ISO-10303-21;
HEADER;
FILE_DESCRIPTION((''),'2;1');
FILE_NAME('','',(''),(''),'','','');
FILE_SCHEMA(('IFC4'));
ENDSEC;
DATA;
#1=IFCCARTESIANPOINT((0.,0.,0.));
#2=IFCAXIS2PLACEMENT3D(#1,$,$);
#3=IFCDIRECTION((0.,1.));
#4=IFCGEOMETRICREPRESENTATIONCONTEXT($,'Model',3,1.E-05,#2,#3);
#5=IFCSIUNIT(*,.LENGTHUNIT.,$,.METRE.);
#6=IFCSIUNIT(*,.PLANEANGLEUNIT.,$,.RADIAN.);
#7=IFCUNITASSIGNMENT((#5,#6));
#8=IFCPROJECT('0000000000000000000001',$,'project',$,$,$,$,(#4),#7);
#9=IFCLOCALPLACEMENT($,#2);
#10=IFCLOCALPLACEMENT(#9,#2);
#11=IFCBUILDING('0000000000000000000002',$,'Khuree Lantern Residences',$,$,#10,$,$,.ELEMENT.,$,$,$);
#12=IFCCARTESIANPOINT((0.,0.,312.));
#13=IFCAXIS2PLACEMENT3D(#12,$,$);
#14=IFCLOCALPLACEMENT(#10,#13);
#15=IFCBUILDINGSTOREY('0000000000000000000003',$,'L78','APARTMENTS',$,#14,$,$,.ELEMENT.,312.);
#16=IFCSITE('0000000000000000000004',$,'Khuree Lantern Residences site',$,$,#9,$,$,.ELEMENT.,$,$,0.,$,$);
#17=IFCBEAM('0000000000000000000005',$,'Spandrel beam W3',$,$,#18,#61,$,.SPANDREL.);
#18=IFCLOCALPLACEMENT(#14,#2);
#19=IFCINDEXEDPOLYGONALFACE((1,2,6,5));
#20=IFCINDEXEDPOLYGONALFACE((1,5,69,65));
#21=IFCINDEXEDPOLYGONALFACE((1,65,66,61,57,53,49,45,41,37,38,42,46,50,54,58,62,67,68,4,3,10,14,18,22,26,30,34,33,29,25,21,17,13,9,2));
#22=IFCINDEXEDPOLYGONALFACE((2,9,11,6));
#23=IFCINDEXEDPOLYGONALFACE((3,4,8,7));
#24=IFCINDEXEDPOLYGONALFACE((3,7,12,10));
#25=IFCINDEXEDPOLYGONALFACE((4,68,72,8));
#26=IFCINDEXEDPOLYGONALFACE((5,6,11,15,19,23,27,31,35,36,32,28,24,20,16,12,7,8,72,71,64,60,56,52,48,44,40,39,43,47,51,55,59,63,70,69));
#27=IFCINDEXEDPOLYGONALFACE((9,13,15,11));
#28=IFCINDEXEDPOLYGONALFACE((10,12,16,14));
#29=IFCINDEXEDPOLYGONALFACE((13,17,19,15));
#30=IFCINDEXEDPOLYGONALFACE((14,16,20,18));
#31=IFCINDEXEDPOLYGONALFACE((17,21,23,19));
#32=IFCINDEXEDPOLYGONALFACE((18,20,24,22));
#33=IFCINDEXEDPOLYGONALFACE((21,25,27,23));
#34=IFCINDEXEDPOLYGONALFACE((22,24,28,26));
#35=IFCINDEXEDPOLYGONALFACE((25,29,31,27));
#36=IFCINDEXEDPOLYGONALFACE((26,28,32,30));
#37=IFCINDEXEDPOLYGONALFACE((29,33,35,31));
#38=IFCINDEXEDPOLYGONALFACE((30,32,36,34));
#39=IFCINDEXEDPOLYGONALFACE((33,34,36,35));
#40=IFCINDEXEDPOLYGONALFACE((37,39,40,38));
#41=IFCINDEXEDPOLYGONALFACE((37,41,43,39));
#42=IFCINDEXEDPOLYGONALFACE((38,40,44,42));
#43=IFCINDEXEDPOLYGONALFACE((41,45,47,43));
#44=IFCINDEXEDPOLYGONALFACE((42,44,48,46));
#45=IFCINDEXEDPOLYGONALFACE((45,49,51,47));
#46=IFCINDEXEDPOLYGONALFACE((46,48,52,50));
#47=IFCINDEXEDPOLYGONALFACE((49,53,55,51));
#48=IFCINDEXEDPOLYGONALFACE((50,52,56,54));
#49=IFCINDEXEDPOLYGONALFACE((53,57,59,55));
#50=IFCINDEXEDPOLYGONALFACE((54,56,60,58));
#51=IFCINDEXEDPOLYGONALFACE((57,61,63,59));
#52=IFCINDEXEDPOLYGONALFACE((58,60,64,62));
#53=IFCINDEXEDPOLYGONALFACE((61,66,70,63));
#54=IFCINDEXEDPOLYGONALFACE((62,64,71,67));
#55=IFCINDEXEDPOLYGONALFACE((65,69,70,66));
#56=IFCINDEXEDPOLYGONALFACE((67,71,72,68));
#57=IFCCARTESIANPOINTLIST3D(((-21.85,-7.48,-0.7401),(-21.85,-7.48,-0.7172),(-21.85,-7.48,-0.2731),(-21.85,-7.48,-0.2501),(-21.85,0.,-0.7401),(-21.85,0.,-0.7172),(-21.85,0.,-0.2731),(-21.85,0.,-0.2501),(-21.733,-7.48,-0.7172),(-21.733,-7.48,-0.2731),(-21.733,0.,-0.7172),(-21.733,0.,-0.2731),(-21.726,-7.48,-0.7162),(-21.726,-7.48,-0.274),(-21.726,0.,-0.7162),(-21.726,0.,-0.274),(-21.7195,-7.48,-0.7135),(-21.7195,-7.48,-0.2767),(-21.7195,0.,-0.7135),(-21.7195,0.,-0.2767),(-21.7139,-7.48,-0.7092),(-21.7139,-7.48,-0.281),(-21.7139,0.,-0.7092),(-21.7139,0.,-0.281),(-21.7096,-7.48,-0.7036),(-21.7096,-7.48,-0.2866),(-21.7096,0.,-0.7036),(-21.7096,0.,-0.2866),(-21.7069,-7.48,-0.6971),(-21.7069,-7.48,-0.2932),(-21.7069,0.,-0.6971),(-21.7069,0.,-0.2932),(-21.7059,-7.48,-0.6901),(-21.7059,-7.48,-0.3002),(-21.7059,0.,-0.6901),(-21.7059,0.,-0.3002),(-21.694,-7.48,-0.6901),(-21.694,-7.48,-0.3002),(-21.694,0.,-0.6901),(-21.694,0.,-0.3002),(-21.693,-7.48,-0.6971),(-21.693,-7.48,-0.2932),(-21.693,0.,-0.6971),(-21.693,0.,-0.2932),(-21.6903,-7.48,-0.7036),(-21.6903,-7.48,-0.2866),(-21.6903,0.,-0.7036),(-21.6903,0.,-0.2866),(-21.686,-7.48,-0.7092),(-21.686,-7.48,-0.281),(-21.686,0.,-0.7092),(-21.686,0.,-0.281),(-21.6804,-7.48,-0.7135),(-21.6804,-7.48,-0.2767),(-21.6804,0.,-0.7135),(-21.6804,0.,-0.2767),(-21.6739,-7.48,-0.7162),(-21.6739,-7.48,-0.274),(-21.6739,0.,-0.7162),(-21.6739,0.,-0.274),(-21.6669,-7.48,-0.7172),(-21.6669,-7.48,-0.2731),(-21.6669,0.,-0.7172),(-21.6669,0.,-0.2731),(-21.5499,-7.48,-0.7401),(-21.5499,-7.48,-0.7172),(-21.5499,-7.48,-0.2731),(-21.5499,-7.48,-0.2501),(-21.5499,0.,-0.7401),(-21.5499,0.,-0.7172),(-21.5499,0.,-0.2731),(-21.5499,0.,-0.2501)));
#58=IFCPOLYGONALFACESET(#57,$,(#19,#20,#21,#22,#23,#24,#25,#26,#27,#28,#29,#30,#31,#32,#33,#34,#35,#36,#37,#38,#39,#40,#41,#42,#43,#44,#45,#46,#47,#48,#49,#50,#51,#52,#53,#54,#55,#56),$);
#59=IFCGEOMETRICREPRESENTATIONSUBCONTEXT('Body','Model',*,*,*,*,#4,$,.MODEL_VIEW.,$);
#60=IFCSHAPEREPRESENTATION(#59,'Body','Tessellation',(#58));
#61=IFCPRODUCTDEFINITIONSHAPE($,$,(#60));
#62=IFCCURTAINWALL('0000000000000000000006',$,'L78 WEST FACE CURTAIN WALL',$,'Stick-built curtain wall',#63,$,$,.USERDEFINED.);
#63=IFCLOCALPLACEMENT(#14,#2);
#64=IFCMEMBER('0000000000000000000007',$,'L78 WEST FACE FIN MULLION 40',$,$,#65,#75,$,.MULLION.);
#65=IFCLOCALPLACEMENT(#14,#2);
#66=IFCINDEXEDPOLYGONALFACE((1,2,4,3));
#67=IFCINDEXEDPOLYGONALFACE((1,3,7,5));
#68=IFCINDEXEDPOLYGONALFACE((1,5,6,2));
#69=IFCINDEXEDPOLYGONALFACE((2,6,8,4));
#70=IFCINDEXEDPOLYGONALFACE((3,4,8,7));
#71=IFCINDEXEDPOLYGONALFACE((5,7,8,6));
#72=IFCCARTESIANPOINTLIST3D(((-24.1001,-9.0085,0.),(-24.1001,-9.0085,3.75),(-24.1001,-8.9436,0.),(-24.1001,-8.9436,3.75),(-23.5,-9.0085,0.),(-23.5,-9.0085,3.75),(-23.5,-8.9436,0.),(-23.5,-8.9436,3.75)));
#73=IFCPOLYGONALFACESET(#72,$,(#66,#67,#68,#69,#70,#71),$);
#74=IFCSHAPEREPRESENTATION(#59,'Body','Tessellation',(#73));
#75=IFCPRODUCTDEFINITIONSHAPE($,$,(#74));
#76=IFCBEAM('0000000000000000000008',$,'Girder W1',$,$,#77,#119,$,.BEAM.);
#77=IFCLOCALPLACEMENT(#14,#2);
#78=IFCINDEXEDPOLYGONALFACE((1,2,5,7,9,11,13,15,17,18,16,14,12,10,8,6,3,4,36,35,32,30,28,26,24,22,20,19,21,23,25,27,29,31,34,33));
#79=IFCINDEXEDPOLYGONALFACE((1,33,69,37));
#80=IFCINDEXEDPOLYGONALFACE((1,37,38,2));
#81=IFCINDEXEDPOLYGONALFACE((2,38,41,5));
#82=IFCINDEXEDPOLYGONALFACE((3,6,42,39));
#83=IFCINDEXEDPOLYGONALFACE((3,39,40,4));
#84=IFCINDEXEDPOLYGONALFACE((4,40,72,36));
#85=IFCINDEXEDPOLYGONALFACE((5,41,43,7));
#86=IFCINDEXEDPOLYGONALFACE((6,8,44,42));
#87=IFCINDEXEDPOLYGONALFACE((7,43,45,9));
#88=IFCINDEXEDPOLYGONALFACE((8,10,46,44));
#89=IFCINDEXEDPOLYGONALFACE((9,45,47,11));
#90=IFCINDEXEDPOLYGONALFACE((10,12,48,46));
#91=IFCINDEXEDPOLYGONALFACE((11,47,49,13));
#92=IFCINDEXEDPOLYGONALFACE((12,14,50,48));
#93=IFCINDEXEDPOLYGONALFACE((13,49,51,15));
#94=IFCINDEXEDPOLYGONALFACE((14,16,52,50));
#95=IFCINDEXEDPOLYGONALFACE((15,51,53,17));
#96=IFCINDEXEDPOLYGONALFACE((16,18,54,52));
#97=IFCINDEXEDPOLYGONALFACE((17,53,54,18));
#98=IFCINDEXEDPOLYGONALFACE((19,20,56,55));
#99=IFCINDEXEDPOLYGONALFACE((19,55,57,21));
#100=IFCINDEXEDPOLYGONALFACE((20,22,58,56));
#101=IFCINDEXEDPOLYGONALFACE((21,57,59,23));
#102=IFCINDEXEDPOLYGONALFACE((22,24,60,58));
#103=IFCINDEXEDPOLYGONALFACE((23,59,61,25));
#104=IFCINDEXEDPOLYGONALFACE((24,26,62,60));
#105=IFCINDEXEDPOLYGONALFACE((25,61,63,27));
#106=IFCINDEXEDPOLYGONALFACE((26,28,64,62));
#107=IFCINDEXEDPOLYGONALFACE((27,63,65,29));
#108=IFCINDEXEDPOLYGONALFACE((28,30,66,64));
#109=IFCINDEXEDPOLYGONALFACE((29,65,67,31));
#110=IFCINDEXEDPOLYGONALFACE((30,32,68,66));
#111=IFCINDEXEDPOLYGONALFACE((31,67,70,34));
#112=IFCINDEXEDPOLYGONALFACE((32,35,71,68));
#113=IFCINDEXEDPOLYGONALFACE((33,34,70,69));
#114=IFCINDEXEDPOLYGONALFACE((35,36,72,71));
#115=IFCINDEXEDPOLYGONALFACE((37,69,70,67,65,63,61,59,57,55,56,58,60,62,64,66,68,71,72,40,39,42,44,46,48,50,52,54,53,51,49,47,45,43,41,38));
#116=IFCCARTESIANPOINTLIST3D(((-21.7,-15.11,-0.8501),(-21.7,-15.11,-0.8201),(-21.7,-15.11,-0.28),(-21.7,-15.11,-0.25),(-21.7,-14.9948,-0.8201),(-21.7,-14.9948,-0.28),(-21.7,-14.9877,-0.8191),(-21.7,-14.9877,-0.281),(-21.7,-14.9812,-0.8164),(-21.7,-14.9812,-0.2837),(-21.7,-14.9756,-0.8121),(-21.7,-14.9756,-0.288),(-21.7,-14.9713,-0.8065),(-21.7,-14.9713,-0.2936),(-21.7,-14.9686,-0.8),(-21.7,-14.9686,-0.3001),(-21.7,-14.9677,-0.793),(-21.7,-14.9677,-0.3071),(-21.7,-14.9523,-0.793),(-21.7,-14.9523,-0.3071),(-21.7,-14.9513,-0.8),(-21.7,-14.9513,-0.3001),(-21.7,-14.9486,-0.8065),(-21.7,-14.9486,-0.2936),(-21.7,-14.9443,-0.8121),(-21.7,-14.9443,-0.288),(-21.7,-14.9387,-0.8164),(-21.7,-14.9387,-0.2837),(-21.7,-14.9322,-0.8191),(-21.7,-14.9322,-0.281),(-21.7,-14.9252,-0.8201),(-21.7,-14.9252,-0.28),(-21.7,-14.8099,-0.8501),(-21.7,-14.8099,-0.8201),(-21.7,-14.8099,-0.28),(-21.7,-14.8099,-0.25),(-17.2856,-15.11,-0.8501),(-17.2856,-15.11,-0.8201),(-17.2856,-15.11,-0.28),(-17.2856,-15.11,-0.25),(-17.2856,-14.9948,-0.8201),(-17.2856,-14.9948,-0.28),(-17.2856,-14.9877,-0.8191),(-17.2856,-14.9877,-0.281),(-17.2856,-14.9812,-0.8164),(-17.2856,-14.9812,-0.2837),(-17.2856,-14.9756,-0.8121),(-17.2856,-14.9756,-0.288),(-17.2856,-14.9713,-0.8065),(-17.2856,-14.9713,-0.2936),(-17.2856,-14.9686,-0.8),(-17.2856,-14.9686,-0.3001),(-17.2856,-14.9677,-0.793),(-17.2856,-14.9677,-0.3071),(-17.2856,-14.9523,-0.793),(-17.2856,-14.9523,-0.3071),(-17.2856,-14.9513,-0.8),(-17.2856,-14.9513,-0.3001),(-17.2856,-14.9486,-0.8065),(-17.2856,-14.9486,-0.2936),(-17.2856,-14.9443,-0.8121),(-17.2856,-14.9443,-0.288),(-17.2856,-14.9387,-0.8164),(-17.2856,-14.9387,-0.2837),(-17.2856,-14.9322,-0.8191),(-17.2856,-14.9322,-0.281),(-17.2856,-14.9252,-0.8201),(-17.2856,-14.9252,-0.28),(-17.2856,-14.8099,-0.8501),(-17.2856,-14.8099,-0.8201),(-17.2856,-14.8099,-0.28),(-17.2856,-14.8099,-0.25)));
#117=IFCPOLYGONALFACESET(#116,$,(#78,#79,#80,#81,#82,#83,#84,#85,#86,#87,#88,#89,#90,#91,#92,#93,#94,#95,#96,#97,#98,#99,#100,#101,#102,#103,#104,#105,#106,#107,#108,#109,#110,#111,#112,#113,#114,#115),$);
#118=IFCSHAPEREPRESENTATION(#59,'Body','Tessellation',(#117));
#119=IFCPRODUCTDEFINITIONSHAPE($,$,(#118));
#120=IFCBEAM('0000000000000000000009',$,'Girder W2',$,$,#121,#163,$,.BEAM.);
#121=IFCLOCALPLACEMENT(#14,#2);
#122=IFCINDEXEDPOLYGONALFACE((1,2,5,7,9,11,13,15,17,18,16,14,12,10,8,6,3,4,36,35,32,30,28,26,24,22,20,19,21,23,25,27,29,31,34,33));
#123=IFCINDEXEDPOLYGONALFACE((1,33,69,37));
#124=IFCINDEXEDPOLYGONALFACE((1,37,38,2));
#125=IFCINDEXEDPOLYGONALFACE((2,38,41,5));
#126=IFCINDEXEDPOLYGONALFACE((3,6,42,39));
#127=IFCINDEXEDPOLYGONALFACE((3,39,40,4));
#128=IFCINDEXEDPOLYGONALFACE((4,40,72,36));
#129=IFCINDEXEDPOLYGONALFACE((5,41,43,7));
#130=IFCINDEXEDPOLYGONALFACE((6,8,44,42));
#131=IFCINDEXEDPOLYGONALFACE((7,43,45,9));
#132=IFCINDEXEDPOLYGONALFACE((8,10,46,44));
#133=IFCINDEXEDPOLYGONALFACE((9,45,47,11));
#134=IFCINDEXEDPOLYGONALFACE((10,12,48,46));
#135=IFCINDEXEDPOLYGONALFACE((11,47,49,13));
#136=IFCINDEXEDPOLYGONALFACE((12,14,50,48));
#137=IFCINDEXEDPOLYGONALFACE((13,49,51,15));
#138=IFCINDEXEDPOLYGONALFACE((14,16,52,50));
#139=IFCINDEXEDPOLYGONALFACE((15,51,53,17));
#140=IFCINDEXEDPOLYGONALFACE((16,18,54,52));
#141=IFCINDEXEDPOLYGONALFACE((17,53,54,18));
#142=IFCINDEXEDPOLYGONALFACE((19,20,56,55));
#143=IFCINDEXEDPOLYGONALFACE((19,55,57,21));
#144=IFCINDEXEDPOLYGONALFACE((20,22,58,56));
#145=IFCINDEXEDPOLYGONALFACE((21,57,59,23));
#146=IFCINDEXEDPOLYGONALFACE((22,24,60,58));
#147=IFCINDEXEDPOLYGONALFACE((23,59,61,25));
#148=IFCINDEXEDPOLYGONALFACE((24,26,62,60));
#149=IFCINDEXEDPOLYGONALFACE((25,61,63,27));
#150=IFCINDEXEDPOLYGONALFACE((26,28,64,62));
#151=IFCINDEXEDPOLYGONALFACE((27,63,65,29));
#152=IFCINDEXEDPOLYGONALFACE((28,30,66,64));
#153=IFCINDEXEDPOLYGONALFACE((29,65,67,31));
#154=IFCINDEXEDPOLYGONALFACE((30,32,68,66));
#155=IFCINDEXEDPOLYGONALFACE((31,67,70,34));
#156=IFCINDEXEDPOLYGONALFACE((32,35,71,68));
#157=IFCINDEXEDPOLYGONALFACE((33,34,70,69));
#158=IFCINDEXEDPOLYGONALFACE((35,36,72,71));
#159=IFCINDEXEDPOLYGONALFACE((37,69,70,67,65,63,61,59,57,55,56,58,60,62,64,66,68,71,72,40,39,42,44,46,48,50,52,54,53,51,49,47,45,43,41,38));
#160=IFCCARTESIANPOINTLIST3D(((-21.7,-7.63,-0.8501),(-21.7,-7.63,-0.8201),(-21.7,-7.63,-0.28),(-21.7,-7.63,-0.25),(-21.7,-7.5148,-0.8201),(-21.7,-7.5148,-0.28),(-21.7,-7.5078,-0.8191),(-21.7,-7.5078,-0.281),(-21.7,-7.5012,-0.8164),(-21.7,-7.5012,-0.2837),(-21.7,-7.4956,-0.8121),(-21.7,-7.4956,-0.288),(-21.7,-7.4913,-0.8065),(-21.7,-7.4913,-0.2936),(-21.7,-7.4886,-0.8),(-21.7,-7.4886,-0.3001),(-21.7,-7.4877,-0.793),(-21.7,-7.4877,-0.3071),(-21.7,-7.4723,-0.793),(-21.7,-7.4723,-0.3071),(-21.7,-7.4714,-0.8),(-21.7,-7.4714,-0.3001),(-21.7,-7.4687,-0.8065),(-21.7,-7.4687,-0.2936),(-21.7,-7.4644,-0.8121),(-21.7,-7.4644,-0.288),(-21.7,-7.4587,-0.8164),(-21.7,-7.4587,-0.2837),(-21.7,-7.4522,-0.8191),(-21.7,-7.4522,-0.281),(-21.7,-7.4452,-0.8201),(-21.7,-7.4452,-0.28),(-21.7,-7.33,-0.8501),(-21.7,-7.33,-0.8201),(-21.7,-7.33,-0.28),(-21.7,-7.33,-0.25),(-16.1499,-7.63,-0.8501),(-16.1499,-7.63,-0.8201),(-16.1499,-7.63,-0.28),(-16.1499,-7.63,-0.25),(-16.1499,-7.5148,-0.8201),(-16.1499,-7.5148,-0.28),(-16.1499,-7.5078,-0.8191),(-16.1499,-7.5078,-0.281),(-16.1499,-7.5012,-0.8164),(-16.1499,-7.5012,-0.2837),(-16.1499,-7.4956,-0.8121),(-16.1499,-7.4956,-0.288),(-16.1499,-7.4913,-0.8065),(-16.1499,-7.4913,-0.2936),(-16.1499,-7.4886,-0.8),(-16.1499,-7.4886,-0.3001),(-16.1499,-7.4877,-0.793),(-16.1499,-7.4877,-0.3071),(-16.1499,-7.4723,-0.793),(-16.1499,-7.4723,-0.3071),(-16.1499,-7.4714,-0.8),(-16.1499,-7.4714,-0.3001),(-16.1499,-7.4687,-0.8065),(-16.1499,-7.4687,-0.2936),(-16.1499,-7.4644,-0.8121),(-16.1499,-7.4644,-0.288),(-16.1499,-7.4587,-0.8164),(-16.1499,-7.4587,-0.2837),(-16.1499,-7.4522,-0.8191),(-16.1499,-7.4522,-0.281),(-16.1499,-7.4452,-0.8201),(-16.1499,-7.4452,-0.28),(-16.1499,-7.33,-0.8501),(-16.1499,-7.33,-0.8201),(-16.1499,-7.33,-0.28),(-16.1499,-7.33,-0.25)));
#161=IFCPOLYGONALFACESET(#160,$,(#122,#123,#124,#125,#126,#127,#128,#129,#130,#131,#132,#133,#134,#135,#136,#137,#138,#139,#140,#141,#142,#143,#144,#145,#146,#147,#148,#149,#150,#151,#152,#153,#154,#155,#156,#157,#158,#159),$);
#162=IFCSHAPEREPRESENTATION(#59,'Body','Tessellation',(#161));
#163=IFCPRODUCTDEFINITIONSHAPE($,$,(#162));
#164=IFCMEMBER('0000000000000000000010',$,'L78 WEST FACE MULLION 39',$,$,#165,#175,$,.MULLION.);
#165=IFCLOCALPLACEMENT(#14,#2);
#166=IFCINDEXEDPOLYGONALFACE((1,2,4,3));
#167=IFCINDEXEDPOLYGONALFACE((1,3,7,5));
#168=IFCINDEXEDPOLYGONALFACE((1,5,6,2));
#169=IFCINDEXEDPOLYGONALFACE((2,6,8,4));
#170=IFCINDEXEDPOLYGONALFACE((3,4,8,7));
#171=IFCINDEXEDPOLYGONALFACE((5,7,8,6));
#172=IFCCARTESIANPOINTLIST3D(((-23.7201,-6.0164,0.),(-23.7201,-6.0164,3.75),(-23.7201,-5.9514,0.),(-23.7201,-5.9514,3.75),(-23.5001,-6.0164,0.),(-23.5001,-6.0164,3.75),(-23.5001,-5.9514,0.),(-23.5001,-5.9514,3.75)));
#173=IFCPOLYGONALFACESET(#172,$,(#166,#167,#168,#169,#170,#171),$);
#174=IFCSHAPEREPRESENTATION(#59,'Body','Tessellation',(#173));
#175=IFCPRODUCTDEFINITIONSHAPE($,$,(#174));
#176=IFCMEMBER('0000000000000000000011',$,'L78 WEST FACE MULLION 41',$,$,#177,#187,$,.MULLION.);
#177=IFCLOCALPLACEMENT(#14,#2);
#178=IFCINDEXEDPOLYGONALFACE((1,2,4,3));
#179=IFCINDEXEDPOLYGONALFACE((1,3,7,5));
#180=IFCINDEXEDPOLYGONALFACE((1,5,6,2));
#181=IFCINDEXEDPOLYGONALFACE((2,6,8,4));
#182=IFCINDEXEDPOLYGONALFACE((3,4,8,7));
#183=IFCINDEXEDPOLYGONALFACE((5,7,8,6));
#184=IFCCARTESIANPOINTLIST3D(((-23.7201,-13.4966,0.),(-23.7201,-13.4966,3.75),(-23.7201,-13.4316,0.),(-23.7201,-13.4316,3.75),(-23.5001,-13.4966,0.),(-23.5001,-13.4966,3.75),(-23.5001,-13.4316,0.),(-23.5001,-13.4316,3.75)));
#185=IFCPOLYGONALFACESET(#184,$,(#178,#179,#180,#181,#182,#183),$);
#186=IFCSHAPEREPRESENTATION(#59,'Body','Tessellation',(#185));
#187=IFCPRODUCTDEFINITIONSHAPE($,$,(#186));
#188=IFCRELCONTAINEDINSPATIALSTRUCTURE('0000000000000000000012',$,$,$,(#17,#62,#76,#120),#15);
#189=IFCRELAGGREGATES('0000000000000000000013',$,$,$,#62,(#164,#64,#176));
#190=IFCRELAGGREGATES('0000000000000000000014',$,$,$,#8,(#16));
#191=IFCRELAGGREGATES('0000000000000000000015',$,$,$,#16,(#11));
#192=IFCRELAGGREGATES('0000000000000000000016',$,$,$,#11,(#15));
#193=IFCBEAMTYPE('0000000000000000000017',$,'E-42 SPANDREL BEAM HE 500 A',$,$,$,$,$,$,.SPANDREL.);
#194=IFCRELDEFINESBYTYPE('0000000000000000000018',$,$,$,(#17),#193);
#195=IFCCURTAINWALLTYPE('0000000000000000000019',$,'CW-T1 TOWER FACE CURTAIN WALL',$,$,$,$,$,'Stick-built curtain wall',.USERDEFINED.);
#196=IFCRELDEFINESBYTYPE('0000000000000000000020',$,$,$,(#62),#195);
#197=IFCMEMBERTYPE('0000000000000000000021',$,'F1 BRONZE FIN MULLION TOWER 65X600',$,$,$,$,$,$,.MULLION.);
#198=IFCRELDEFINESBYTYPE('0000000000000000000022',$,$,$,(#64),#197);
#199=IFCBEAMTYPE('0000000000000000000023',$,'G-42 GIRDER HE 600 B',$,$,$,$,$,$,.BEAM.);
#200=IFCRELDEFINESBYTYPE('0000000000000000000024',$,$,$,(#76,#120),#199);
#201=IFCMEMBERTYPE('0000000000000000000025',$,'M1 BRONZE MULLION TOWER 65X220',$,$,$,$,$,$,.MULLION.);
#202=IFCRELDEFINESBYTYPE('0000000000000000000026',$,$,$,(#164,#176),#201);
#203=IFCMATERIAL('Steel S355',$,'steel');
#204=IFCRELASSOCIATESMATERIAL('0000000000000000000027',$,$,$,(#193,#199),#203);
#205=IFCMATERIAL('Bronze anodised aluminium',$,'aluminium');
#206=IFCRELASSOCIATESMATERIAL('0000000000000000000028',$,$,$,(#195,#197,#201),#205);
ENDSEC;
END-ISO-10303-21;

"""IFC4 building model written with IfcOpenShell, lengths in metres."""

from ifc_helpers import new_model, si_unit, direction, frame, origin, origin_2d, place, context, subcontext, project, spatial, rectangle, i_section, extrude, material, material_profile, profile_set, type_object, element, aggregate, save


model = new_model("IFC4")

# Units and contexts
model_context = context("Model", 3, precision=1e-05, world=origin(), true_north=direction((0.0, 1.0)))
body_context = subcontext(model_context, "Body", "Model", "MODEL_VIEW")
ifc_project = project(units=[si_unit("LENGTHUNIT", "METRE"), si_unit("PLANEANGLEUNIT", "RADIAN")], contexts=[model_context])

# Site, building, storey
site_placement = place(None, origin())
site = spatial("IfcSite", under=ifc_project, at=site_placement, Name="Khuree Lantern Residences site", CompositionType="ELEMENT", RefElevation=0.0)
building_placement = place(site_placement, origin())
building = spatial("IfcBuilding", under=site, at=building_placement, Name="Khuree Lantern Residences", CompositionType="ELEMENT")
storey_placement = place(building_placement, frame((0.0, 0.0, 312.0)))
storey = spatial("IfcBuildingStorey", under=building, at=storey_placement, Name="L78", Description="APARTMENTS", CompositionType="ELEMENT", Elevation=312.0)

# Beam
ifc_material_1 = material(Name="Steel S355", Category="steel")
ifc_material_profile_1 = material_profile(ifc_material_1, i_section(OverallWidth=0.3, OverallDepth=0.49, WebThickness=0.012, FlangeThickness=0.0229, FilletRadius=0.0271, at=origin_2d()), Name="HE 500 A")
ifc_profile_set_1 = profile_set([ifc_material_profile_1], Name="Steel S355")
beam_type_1 = type_object("IfcBeamType", Name="E-42 SPANDREL BEAM HE 500 A", PredefinedType="SPANDREL", material=ifc_profile_set_1)
for number, where, z_axis, x_axis, name in (
    (1, (-21.7, -7.48, -0.4951), (0.0, 1.0, 0.0), (-1.0, 0.0, 0.0), "Spandrel beam W3"),
):
    element("IfcBeam", number, at=place(storey_placement, frame(where, z_axis=z_axis, x_axis=x_axis)), inside=storey, type_object=beam_type_1, Name=name, PredefinedType="SPANDREL", context=body_context, shape_type="SweptSolid", body=[
        extrude(i_section(OverallWidth=0.3, OverallDepth=0.49, WebThickness=0.012, FlangeThickness=0.0229, FilletRadius=0.0271, at=origin_2d()), origin(), (0.0, 0.0, 1.0), 7.48),
    ])

# Curtain wall, member
ifc_material_2 = material(Name="Bronze anodised aluminium", Category="aluminium")
curtain_wall_type = type_object("IfcCurtainWallType", Name="CW-T1 TOWER FACE CURTAIN WALL", ElementType="Stick-built curtain wall", PredefinedType="USERDEFINED", material=ifc_material_2)
curtain_wall_placement = place(storey_placement, origin())
curtain_wall = element("IfcCurtainWall", 2, at=curtain_wall_placement, inside=storey, type_object=curtain_wall_type, Name="L78 WEST FACE CURTAIN WALL", ObjectType="Stick-built curtain wall", PredefinedType="USERDEFINED")
ifc_material_profile_2 = material_profile(ifc_material_2, rectangle(XDim=0.0649, YDim=0.6001, at=origin_2d()), Name="F1 65X600")
ifc_profile_set_2 = profile_set([ifc_material_profile_2], Name="Bronze anodised aluminium")
member_type_1 = type_object("IfcMemberType", Name="F1 BRONZE FIN MULLION TOWER 65X600", PredefinedType="MULLION", material=ifc_profile_set_2)
member_1_placement = place(storey_placement, frame((-23.8, -8.9761, 0.0), z_axis=(0.0, 0.0, 1.0), x_axis=(0.0, -1.0, 0.0)))
member_1 = element("IfcMember", 3, at=member_1_placement, type_object=member_type_1, Name="L78 WEST FACE FIN MULLION 40", PredefinedType="MULLION", context=body_context, shape_type="SweptSolid", body=[
    extrude(rectangle(XDim=0.0649, YDim=0.6001, at=origin_2d()), origin(), (0.0, 0.0, 1.0), 3.75),
])

# Beams
ifc_material_profile_3 = material_profile(ifc_material_1, i_section(OverallWidth=0.3, OverallDepth=0.6001, WebThickness=0.0154, FlangeThickness=0.03, FilletRadius=0.0271, at=origin_2d()), Name="HE 600 B")
ifc_profile_set_3 = profile_set([ifc_material_profile_3], Name="Steel S355")
beam_type_2 = type_object("IfcBeamType", Name="G-42 GIRDER HE 600 B", PredefinedType="BEAM", material=ifc_profile_set_3)
beam_1_placement = place(storey_placement, frame((-21.7, -14.96, -0.55), z_axis=(1.0, 0.0, 0.0), x_axis=(0.0, 1.0, 0.0)))
element("IfcBeam", 4, at=beam_1_placement, inside=storey, type_object=beam_type_2, Name="Girder W1", PredefinedType="BEAM", context=body_context, shape_type="SweptSolid", body=[
    extrude(i_section(OverallWidth=0.3, OverallDepth=0.6001, WebThickness=0.0154, FlangeThickness=0.03, FilletRadius=0.0271, at=origin_2d()), origin(), (0.0, 0.0, 1.0), 4.4143),
])
beam_2_placement = place(storey_placement, frame((-21.7, -7.48, -0.55), z_axis=(1.0, 0.0, 0.0), x_axis=(0.0, 1.0, 0.0)))
element("IfcBeam", 5, at=beam_2_placement, inside=storey, type_object=beam_type_2, Name="Girder W2", PredefinedType="BEAM", context=body_context, shape_type="SweptSolid", body=[
    extrude(i_section(OverallWidth=0.3, OverallDepth=0.6001, WebThickness=0.0154, FlangeThickness=0.03, FilletRadius=0.0271, at=origin_2d()), origin(), (0.0, 0.0, 1.0), 5.55),
])

# Members
ifc_material_profile_4 = material_profile(ifc_material_2, rectangle(XDim=0.0649, YDim=0.22, at=origin_2d()), Name="M1 65X220")
ifc_profile_set_4 = profile_set([ifc_material_profile_4], Name="Bronze anodised aluminium")
member_type_2 = type_object("IfcMemberType", Name="M1 BRONZE MULLION TOWER 65X220", PredefinedType="MULLION", material=ifc_profile_set_4)
member_2_placement = place(storey_placement, frame((-23.6101, -5.9839, 0.0), z_axis=(0.0, 0.0, 1.0), x_axis=(0.0, -1.0, 0.0)))
member_2 = element("IfcMember", 6, at=member_2_placement, type_object=member_type_2, Name="L78 WEST FACE MULLION 39", PredefinedType="MULLION", context=body_context, shape_type="SweptSolid", body=[
    extrude(rectangle(XDim=0.0649, YDim=0.22, at=origin_2d()), origin(), (0.0, 0.0, 1.0), 3.75),
])
member_3_placement = place(storey_placement, frame((-23.6101, -13.4641, 0.0), z_axis=(0.0, 0.0, 1.0), x_axis=(0.0, -1.0, 0.0)))
member_3 = element("IfcMember", 7, at=member_3_placement, type_object=member_type_2, Name="L78 WEST FACE MULLION 41", PredefinedType="MULLION", context=body_context, shape_type="SweptSolid", body=[
    extrude(rectangle(XDim=0.0649, YDim=0.22, at=origin_2d()), origin(), (0.0, 0.0, 1.0), 3.75),
])

aggregate(curtain_wall, [member_2, member_1, member_3])

save(model, "model.ifc")
